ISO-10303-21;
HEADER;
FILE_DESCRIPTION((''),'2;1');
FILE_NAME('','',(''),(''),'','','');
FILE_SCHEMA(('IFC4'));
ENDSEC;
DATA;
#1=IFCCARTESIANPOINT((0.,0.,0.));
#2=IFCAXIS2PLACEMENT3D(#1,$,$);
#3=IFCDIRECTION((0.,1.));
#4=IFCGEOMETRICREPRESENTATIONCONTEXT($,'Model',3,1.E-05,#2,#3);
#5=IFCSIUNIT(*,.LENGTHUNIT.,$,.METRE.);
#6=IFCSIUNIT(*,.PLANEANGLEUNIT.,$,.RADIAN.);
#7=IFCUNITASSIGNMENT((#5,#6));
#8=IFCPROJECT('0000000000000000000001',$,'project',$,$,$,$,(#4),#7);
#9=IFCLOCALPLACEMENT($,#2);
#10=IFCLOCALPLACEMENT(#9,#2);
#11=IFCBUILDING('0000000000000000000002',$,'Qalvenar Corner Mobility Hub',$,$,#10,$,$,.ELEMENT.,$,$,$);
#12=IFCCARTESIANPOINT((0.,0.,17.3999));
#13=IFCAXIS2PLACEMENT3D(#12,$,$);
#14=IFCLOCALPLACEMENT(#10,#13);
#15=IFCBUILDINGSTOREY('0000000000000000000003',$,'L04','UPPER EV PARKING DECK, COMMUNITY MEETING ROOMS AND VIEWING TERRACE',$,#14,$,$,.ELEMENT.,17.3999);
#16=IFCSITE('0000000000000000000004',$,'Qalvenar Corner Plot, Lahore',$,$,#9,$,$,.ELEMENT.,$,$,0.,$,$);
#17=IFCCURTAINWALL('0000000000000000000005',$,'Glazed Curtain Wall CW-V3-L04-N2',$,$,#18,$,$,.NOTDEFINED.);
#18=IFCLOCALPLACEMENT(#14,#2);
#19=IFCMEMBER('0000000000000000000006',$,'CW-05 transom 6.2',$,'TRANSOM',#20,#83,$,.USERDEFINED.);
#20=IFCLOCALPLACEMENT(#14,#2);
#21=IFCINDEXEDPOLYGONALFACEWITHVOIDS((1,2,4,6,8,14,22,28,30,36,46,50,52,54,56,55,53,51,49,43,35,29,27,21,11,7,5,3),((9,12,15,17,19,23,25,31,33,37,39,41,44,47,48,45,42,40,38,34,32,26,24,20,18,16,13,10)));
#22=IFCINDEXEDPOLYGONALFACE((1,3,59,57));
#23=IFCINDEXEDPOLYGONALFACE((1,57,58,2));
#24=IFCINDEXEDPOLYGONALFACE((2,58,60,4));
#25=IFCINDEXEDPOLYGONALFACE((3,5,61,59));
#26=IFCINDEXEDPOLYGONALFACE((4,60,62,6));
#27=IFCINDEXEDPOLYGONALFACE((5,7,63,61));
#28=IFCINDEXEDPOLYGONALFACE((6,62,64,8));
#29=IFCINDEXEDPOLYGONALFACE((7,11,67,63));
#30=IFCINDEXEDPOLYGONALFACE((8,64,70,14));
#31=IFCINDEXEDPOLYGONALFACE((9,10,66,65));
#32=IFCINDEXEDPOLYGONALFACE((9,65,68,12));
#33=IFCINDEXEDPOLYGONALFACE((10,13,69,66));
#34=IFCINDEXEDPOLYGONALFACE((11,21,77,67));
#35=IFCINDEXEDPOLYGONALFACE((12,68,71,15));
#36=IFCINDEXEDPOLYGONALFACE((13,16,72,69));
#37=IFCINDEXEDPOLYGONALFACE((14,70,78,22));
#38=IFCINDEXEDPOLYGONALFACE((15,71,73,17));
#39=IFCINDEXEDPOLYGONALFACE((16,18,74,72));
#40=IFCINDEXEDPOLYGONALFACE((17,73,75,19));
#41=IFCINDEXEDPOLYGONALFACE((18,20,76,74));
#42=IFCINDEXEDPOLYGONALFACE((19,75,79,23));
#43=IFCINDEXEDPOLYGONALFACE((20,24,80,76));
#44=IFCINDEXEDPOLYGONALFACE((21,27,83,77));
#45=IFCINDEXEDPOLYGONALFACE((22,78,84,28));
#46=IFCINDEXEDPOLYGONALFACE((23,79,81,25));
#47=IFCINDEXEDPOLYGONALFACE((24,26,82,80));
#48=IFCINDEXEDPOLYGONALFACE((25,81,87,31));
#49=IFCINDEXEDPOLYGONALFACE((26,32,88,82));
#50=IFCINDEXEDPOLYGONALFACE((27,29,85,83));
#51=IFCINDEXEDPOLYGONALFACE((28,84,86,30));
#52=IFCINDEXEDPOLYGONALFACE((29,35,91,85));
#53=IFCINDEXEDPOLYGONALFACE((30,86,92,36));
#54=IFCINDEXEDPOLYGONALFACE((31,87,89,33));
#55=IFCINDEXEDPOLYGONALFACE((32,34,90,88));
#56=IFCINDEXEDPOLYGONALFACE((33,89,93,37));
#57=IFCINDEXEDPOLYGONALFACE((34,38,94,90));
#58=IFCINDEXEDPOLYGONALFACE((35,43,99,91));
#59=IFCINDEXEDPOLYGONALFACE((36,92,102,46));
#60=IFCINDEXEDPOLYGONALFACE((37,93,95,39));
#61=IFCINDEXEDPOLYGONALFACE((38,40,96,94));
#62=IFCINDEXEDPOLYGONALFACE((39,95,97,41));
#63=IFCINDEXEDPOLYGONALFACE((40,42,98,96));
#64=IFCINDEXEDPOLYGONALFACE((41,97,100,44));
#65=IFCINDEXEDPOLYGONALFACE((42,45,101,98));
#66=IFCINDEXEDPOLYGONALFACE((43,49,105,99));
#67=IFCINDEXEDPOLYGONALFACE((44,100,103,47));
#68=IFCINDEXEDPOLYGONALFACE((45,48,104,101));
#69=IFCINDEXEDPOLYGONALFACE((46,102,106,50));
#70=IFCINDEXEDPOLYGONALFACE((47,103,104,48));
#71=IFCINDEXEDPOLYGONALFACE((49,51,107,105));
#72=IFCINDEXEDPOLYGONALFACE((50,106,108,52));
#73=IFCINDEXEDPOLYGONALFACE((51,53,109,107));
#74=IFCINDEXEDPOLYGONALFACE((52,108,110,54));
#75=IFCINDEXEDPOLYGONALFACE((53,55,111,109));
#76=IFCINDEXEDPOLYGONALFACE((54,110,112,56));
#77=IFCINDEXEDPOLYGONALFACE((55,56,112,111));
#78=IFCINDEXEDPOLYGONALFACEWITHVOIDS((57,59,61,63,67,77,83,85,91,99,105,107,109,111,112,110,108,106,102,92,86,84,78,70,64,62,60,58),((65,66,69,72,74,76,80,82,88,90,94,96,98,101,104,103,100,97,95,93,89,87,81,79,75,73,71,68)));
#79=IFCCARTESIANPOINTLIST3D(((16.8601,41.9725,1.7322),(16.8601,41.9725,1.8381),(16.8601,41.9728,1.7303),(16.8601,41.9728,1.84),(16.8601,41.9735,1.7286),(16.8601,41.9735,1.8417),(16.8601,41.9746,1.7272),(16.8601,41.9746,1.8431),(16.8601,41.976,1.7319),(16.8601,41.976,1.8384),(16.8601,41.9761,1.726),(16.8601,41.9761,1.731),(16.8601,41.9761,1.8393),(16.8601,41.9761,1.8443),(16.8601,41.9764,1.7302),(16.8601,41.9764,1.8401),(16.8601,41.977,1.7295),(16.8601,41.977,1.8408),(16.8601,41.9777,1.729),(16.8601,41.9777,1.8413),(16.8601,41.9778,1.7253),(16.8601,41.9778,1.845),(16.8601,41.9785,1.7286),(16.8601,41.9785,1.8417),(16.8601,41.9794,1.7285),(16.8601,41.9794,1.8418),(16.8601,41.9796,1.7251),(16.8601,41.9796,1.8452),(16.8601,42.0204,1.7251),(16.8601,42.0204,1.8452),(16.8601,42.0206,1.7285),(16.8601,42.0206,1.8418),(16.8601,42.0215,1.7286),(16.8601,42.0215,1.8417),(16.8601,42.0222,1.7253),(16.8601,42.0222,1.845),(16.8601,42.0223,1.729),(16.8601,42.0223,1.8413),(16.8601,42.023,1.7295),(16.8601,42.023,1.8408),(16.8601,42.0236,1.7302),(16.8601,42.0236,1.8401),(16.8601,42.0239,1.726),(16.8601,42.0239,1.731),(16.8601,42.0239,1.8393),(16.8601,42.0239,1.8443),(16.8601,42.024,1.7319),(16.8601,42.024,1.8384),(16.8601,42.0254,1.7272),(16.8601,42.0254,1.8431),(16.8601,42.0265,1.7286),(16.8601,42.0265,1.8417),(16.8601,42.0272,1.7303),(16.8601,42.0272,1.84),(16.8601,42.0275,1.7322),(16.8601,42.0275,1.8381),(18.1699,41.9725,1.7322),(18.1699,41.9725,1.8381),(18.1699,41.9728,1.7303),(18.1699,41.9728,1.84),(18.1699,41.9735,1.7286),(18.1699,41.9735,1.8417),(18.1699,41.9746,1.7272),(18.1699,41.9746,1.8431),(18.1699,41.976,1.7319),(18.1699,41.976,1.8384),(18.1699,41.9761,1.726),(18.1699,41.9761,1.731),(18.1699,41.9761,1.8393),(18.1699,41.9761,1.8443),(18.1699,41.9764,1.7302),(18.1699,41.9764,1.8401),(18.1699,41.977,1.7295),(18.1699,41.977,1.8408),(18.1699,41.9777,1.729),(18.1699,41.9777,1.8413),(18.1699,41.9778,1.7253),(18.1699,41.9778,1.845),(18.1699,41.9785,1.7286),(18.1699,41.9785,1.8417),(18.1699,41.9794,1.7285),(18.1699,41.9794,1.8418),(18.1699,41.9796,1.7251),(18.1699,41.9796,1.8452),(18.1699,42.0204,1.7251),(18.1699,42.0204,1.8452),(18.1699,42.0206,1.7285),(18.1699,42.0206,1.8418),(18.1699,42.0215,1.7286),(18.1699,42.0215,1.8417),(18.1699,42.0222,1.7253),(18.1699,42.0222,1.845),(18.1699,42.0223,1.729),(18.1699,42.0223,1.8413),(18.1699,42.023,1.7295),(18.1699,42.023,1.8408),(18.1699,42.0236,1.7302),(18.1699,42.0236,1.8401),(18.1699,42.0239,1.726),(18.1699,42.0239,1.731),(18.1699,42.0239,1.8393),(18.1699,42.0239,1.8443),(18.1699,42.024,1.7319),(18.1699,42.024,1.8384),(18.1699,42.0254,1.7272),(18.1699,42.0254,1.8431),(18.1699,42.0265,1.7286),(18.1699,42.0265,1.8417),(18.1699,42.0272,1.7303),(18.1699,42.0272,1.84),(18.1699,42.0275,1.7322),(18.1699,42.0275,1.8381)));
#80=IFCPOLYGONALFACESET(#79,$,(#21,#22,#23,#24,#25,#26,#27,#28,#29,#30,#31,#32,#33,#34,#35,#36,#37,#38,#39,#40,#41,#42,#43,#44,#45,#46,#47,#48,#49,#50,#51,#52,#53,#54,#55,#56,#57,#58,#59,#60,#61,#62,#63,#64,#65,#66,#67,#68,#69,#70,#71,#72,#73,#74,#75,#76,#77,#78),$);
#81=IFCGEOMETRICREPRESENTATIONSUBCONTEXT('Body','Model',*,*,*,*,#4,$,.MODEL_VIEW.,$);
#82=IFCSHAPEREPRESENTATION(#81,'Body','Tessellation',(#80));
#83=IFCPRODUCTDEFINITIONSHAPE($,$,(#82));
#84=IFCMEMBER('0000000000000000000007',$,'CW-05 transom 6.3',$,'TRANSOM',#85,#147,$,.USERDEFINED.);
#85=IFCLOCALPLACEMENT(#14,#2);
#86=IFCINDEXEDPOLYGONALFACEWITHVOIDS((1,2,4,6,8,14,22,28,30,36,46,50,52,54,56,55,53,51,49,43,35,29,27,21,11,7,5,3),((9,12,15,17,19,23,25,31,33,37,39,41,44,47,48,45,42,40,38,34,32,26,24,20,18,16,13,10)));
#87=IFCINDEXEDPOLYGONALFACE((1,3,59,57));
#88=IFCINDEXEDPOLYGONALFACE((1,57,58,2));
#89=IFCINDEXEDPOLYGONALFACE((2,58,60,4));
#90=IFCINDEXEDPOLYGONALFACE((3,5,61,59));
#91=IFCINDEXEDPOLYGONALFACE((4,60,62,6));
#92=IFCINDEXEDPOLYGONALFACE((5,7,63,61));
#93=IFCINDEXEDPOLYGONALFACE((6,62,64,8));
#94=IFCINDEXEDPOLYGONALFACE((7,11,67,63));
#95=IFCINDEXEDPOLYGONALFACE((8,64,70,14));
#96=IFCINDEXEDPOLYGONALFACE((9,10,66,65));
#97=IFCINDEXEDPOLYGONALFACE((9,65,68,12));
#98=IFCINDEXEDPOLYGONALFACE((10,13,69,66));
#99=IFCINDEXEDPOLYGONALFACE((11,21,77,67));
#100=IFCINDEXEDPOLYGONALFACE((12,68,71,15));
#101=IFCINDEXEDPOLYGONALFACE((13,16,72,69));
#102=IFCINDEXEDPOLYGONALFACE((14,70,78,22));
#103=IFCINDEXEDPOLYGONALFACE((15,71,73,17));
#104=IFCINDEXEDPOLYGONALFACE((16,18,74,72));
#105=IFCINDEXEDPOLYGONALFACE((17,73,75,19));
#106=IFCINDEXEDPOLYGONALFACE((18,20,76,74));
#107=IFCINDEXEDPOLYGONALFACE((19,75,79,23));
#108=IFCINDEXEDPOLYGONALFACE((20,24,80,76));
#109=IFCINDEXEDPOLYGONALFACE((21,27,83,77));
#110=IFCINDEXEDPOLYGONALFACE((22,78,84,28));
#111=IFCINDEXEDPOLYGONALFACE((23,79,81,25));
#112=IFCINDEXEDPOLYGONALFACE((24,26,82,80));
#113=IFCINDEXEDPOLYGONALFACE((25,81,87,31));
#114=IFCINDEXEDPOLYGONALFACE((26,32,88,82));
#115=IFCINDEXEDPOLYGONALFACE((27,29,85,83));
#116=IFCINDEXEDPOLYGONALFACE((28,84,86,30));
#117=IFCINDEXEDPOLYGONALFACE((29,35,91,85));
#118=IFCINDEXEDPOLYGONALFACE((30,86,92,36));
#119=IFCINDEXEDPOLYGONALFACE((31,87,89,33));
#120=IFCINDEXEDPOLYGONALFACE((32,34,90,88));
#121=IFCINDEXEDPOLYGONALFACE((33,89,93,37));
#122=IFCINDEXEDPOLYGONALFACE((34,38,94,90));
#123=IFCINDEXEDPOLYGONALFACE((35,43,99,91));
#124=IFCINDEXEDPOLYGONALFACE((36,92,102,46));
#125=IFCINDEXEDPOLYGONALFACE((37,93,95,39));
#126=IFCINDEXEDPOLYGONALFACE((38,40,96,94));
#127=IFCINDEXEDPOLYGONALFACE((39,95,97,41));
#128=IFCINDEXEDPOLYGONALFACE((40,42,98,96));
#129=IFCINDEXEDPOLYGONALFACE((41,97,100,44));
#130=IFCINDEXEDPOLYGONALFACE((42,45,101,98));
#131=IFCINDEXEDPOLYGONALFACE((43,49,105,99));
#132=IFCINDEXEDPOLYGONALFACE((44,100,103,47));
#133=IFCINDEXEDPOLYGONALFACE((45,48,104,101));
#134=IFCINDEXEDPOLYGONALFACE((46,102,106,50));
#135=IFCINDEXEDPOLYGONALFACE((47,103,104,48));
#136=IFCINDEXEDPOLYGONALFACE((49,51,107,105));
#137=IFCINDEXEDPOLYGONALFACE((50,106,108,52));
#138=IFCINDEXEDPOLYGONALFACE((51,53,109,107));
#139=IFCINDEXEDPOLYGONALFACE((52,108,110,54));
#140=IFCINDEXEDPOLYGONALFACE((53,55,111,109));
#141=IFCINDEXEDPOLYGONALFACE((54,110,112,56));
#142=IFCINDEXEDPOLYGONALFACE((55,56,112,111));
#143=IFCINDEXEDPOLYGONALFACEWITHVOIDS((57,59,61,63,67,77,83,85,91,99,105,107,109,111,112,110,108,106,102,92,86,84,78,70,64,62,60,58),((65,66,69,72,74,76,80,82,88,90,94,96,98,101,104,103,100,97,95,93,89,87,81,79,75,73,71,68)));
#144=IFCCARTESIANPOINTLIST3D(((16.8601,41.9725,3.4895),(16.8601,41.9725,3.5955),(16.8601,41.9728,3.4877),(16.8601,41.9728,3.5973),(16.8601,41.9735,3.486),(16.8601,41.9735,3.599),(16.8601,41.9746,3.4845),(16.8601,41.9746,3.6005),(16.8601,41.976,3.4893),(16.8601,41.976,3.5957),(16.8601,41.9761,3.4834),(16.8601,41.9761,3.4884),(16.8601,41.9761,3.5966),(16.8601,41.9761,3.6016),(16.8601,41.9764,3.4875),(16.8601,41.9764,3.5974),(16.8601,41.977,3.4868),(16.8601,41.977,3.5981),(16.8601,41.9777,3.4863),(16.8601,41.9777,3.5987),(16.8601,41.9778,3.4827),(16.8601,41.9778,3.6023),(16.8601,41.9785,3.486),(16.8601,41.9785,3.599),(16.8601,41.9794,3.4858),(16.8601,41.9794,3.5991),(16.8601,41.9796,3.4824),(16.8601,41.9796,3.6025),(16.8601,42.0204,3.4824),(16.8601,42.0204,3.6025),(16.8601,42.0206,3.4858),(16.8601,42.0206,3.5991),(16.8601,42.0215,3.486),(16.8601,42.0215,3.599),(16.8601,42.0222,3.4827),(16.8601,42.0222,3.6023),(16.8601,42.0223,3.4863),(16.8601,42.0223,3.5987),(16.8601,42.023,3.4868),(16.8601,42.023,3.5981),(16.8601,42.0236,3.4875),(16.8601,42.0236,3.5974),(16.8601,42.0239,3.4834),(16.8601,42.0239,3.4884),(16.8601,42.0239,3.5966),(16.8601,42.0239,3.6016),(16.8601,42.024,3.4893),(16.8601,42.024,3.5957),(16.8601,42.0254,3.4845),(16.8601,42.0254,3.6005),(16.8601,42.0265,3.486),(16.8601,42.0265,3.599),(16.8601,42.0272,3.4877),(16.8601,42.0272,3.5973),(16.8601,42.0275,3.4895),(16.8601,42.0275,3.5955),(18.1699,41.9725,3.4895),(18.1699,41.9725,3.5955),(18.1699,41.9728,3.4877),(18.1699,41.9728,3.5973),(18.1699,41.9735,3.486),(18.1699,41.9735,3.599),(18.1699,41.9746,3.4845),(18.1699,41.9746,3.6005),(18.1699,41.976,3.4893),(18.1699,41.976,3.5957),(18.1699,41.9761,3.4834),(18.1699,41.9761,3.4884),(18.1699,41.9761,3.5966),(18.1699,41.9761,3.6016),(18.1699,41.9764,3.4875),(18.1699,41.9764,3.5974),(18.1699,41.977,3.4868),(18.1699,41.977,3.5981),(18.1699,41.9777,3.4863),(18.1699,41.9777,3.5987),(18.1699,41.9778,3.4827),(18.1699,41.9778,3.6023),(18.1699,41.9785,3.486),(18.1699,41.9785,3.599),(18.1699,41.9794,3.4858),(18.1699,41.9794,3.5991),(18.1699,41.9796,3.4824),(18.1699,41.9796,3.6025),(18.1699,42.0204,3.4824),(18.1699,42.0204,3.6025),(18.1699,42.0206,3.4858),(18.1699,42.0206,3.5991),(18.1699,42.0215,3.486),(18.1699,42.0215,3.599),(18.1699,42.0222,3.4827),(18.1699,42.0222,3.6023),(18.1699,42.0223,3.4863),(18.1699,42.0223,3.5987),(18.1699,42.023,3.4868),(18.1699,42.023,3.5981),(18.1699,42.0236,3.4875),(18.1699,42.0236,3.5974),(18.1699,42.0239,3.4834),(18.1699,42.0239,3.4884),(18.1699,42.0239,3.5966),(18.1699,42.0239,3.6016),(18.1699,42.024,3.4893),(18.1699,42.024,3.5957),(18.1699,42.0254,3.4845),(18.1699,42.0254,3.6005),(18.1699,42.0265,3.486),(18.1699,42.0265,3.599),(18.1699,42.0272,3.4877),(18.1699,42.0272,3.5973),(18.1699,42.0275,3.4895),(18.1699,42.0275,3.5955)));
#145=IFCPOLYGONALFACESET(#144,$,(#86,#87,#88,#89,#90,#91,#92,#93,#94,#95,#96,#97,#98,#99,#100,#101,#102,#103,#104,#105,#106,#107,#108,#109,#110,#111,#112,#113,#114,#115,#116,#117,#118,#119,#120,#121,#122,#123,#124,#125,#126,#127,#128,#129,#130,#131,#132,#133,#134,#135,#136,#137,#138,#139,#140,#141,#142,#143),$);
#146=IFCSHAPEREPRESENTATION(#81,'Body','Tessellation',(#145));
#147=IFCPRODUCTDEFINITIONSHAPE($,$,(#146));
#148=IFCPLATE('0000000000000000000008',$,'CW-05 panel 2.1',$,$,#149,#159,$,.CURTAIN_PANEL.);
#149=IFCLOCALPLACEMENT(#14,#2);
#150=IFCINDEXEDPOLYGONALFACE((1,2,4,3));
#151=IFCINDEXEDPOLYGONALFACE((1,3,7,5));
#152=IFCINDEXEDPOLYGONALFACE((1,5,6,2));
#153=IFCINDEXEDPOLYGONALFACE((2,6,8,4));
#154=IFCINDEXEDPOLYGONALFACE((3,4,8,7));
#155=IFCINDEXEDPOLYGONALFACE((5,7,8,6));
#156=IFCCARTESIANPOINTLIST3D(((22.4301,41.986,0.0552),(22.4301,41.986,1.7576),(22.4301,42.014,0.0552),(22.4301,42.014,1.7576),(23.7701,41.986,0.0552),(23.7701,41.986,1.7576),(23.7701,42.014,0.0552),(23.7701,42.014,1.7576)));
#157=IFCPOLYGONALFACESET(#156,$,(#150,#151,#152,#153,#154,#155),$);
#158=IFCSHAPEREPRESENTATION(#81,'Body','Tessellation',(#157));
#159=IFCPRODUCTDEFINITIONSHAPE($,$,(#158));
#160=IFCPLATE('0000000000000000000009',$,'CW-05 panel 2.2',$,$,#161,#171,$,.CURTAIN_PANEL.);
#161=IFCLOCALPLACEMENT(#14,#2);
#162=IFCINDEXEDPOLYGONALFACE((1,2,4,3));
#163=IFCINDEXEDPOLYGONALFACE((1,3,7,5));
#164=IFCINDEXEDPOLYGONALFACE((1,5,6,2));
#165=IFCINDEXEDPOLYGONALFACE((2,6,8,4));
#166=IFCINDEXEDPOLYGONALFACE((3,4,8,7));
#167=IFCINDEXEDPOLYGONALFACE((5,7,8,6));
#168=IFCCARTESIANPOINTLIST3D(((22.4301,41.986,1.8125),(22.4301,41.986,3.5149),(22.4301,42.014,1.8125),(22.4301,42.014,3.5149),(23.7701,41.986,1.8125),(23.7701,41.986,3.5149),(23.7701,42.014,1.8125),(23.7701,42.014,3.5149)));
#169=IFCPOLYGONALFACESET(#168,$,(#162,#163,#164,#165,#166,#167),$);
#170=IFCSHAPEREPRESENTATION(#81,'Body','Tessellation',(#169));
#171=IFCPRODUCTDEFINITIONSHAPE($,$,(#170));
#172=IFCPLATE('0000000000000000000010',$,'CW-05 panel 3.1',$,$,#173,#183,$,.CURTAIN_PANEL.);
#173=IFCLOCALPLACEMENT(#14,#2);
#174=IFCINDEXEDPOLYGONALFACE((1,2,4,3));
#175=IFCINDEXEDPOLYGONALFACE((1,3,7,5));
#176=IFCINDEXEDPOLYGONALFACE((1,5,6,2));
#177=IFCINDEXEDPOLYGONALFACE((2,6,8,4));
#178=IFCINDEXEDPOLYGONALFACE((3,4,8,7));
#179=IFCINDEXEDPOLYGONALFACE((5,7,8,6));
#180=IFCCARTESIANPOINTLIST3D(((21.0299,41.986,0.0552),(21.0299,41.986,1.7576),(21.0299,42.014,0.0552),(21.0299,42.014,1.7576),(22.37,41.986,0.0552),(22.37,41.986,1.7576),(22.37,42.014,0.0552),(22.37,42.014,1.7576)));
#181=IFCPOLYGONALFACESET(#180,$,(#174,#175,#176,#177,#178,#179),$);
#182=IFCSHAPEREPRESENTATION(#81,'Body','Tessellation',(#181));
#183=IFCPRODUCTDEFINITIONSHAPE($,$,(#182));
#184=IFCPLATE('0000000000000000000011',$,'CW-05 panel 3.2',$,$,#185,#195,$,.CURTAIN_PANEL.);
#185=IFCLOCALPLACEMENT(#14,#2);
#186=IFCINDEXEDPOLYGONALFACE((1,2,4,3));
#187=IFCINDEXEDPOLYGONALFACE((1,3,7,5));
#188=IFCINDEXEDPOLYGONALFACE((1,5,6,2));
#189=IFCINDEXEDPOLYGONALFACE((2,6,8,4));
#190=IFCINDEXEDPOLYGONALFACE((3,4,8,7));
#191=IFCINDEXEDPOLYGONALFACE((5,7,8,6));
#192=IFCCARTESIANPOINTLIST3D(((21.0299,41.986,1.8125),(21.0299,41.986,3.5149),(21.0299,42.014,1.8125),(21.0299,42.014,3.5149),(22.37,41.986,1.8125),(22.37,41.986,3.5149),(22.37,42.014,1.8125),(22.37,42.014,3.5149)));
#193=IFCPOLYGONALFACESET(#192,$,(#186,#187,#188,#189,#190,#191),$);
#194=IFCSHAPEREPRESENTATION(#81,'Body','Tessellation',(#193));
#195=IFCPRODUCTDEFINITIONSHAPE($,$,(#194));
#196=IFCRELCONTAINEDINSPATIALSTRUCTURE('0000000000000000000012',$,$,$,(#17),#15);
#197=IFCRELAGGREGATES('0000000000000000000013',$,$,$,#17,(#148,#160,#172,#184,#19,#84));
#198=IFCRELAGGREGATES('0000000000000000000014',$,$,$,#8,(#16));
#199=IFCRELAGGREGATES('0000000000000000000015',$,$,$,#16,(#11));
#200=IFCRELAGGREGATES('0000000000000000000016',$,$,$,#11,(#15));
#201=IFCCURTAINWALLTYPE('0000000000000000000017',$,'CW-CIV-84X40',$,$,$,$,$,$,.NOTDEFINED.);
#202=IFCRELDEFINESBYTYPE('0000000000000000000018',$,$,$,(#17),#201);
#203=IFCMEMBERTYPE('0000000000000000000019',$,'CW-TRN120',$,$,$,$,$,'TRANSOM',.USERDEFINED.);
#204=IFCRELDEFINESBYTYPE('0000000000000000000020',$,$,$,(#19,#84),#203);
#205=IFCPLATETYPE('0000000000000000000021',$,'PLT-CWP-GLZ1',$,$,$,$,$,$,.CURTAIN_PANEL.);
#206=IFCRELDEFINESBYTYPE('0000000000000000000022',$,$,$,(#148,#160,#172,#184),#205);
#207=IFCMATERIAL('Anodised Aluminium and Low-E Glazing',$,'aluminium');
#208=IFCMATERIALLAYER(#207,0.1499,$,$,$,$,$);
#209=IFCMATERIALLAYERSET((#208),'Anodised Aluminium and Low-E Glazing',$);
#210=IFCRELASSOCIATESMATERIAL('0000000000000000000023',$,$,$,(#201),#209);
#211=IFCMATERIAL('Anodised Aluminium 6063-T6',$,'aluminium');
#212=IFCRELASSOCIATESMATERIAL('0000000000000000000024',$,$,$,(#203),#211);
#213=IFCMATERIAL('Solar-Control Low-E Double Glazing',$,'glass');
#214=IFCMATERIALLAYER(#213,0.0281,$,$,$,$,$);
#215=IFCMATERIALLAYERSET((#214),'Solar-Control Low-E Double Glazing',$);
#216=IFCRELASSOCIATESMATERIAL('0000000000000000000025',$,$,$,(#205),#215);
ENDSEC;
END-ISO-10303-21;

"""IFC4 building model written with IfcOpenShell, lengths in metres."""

from ifc_helpers import new_model, si_unit, direction, frame, origin, origin_2d, place, context, subcontext, project, spatial, rectangle, hollow_rectangle, extrude, material, layer, layer_set, material_profile, profile_set, type_object, element, aggregate, save


model = new_model("IFC4")

# Units and contexts
model_context = context("Model", 3, precision=1e-05, world=origin(), true_north=direction((0.0, 1.0)))
body_context = subcontext(model_context, "Body", "Model", "MODEL_VIEW")
ifc_project = project(units=[si_unit("LENGTHUNIT", "METRE"), si_unit("PLANEANGLEUNIT", "RADIAN")], contexts=[model_context])

# Site, building, storey
site_placement = place(None, origin())
site = spatial("IfcSite", under=ifc_project, at=site_placement, Name="Qalvenar Corner Plot, Lahore", CompositionType="ELEMENT", RefElevation=0.0)
building_placement = place(site_placement, origin())
building = spatial("IfcBuilding", under=site, at=building_placement, Name="Qalvenar Corner Mobility Hub", CompositionType="ELEMENT")
storey_placement = place(building_placement, frame((0.0, 0.0, 17.3999)))
storey = spatial("IfcBuildingStorey", under=building, at=storey_placement, Name="L04", Description="UPPER EV PARKING DECK, COMMUNITY MEETING ROOMS AND VIEWING TERRACE", CompositionType="ELEMENT", Elevation=17.3999)

# Curtain wall, members, plates
ifc_material_1 = material(Name="Anodised Aluminium and Low-E Glazing", Category="aluminium")
ifc_layer_1 = layer(ifc_material_1, 0.1499)
ifc_layer_set_1 = layer_set([ifc_layer_1], Name="Anodised Aluminium and Low-E Glazing")
curtain_wall_type = type_object("IfcCurtainWallType", Name="CW-CIV-84X40", PredefinedType="NOTDEFINED", material=ifc_layer_set_1)
curtain_wall_placement = place(storey_placement, origin())
curtain_wall = element("IfcCurtainWall", 1, at=curtain_wall_placement, inside=storey, type_object=curtain_wall_type, Name="Glazed Curtain Wall CW-V3-L04-N2", PredefinedType="NOTDEFINED")
ifc_material_2 = material(Name="Anodised Aluminium 6063-T6", Category="aluminium")
ifc_material_profile_1 = material_profile(ifc_material_2, hollow_rectangle(XDim=0.0549, YDim=0.1201, WallThickness=0.0034, InnerFilletRadius=0.0034, OuterFilletRadius=0.0071, at=origin_2d()), Name="RHS120x55x3.5")
ifc_profile_set_1 = profile_set([ifc_material_profile_1], Name="Anodised Aluminium 6063-T6")
member_type_1 = type_object("IfcMemberType", Name="CW-TRN120", ElementType="TRANSOM", PredefinedType="USERDEFINED", material=ifc_profile_set_1)
member_1_placement = place(storey_placement, frame((18.1699, 42.0, 1.7852), z_axis=(-1.0, 0.0, 0.0), x_axis=(0.0, -1.0, 0.0)))
member_1 = element("IfcMember", 2, at=member_1_placement, type_object=member_type_1, Name="CW-05 transom 6.2", ObjectType="TRANSOM", PredefinedType="USERDEFINED", context=body_context, shape_type="SweptSolid", body=[
    extrude(hollow_rectangle(XDim=0.0549, YDim=0.1201, WallThickness=0.0034, InnerFilletRadius=0.0034, OuterFilletRadius=0.0071, at=origin_2d()), origin(), (0.0, 0.0, 1.0), 1.3098),
])
member_2_placement = place(storey_placement, frame((18.1699, 42.0, 3.5425), z_axis=(-1.0, 0.0, 0.0), x_axis=(0.0, -1.0, 0.0)))
member_2 = element("IfcMember", 3, at=member_2_placement, type_object=member_type_1, Name="CW-05 transom 6.3", ObjectType="TRANSOM", PredefinedType="USERDEFINED", context=body_context, shape_type="SweptSolid", body=[
    extrude(hollow_rectangle(XDim=0.0549, YDim=0.1201, WallThickness=0.0034, InnerFilletRadius=0.0034, OuterFilletRadius=0.0071, at=origin_2d()), origin(), (0.0, 0.0, 1.0), 1.3098),
])
ifc_material_3 = material(Name="Solar-Control Low-E Double Glazing", Category="glass")
ifc_layer_2 = layer(ifc_material_3, 0.0281)
ifc_layer_set_2 = layer_set([ifc_layer_2], Name="Solar-Control Low-E Double Glazing")
plate_type = type_object("IfcPlateType", Name="PLT-CWP-GLZ1", PredefinedType="CURTAIN_PANEL", material=ifc_layer_set_2)
plate_1_placement = place(storey_placement, frame((23.1001, 42.0, 0.0552), z_axis=(0.0, 0.0, 1.0), x_axis=(-1.0, 0.0, 0.0)))
plate_1 = element("IfcPlate", 4, at=plate_1_placement, type_object=plate_type, Name="CW-05 panel 2.1", PredefinedType="CURTAIN_PANEL", context=body_context, shape_type="SweptSolid", body=[
    extrude(rectangle(XDim=1.3401, YDim=0.0281, at=origin_2d()), origin(), (0.0, 0.0, 1.0), 1.7024),
])
plate_2_placement = place(storey_placement, frame((23.1001, 42.0, 1.8125), z_axis=(0.0, 0.0, 1.0), x_axis=(-1.0, 0.0, 0.0)))
plate_2 = element("IfcPlate", 5, at=plate_2_placement, type_object=plate_type, Name="CW-05 panel 2.2", PredefinedType="CURTAIN_PANEL", context=body_context, shape_type="SweptSolid", body=[
    extrude(rectangle(XDim=1.3401, YDim=0.0281, at=origin_2d()), origin(), (0.0, 0.0, 1.0), 1.7024),
])
plate_3_placement = place(storey_placement, frame((21.7, 42.0, 0.0552), z_axis=(0.0, 0.0, 1.0), x_axis=(-1.0, 0.0, 0.0)))
plate_3 = element("IfcPlate", 6, at=plate_3_placement, type_object=plate_type, Name="CW-05 panel 3.1", PredefinedType="CURTAIN_PANEL", context=body_context, shape_type="SweptSolid", body=[
    extrude(rectangle(XDim=1.3401, YDim=0.0281, at=origin_2d()), origin(), (0.0, 0.0, 1.0), 1.7024),
])
plate_4_placement = place(storey_placement, frame((21.7, 42.0, 1.8125), z_axis=(0.0, 0.0, 1.0), x_axis=(-1.0, 0.0, 0.0)))
plate_4 = element("IfcPlate", 7, at=plate_4_placement, type_object=plate_type, Name="CW-05 panel 3.2", PredefinedType="CURTAIN_PANEL", context=body_context, shape_type="SweptSolid", body=[
    extrude(rectangle(XDim=1.3401, YDim=0.0281, at=origin_2d()), origin(), (0.0, 0.0, 1.0), 1.7024),
])
aggregate(curtain_wall, [plate_1, plate_2, plate_3, plate_4, member_1, member_2])

save(model, "model.ifc")
